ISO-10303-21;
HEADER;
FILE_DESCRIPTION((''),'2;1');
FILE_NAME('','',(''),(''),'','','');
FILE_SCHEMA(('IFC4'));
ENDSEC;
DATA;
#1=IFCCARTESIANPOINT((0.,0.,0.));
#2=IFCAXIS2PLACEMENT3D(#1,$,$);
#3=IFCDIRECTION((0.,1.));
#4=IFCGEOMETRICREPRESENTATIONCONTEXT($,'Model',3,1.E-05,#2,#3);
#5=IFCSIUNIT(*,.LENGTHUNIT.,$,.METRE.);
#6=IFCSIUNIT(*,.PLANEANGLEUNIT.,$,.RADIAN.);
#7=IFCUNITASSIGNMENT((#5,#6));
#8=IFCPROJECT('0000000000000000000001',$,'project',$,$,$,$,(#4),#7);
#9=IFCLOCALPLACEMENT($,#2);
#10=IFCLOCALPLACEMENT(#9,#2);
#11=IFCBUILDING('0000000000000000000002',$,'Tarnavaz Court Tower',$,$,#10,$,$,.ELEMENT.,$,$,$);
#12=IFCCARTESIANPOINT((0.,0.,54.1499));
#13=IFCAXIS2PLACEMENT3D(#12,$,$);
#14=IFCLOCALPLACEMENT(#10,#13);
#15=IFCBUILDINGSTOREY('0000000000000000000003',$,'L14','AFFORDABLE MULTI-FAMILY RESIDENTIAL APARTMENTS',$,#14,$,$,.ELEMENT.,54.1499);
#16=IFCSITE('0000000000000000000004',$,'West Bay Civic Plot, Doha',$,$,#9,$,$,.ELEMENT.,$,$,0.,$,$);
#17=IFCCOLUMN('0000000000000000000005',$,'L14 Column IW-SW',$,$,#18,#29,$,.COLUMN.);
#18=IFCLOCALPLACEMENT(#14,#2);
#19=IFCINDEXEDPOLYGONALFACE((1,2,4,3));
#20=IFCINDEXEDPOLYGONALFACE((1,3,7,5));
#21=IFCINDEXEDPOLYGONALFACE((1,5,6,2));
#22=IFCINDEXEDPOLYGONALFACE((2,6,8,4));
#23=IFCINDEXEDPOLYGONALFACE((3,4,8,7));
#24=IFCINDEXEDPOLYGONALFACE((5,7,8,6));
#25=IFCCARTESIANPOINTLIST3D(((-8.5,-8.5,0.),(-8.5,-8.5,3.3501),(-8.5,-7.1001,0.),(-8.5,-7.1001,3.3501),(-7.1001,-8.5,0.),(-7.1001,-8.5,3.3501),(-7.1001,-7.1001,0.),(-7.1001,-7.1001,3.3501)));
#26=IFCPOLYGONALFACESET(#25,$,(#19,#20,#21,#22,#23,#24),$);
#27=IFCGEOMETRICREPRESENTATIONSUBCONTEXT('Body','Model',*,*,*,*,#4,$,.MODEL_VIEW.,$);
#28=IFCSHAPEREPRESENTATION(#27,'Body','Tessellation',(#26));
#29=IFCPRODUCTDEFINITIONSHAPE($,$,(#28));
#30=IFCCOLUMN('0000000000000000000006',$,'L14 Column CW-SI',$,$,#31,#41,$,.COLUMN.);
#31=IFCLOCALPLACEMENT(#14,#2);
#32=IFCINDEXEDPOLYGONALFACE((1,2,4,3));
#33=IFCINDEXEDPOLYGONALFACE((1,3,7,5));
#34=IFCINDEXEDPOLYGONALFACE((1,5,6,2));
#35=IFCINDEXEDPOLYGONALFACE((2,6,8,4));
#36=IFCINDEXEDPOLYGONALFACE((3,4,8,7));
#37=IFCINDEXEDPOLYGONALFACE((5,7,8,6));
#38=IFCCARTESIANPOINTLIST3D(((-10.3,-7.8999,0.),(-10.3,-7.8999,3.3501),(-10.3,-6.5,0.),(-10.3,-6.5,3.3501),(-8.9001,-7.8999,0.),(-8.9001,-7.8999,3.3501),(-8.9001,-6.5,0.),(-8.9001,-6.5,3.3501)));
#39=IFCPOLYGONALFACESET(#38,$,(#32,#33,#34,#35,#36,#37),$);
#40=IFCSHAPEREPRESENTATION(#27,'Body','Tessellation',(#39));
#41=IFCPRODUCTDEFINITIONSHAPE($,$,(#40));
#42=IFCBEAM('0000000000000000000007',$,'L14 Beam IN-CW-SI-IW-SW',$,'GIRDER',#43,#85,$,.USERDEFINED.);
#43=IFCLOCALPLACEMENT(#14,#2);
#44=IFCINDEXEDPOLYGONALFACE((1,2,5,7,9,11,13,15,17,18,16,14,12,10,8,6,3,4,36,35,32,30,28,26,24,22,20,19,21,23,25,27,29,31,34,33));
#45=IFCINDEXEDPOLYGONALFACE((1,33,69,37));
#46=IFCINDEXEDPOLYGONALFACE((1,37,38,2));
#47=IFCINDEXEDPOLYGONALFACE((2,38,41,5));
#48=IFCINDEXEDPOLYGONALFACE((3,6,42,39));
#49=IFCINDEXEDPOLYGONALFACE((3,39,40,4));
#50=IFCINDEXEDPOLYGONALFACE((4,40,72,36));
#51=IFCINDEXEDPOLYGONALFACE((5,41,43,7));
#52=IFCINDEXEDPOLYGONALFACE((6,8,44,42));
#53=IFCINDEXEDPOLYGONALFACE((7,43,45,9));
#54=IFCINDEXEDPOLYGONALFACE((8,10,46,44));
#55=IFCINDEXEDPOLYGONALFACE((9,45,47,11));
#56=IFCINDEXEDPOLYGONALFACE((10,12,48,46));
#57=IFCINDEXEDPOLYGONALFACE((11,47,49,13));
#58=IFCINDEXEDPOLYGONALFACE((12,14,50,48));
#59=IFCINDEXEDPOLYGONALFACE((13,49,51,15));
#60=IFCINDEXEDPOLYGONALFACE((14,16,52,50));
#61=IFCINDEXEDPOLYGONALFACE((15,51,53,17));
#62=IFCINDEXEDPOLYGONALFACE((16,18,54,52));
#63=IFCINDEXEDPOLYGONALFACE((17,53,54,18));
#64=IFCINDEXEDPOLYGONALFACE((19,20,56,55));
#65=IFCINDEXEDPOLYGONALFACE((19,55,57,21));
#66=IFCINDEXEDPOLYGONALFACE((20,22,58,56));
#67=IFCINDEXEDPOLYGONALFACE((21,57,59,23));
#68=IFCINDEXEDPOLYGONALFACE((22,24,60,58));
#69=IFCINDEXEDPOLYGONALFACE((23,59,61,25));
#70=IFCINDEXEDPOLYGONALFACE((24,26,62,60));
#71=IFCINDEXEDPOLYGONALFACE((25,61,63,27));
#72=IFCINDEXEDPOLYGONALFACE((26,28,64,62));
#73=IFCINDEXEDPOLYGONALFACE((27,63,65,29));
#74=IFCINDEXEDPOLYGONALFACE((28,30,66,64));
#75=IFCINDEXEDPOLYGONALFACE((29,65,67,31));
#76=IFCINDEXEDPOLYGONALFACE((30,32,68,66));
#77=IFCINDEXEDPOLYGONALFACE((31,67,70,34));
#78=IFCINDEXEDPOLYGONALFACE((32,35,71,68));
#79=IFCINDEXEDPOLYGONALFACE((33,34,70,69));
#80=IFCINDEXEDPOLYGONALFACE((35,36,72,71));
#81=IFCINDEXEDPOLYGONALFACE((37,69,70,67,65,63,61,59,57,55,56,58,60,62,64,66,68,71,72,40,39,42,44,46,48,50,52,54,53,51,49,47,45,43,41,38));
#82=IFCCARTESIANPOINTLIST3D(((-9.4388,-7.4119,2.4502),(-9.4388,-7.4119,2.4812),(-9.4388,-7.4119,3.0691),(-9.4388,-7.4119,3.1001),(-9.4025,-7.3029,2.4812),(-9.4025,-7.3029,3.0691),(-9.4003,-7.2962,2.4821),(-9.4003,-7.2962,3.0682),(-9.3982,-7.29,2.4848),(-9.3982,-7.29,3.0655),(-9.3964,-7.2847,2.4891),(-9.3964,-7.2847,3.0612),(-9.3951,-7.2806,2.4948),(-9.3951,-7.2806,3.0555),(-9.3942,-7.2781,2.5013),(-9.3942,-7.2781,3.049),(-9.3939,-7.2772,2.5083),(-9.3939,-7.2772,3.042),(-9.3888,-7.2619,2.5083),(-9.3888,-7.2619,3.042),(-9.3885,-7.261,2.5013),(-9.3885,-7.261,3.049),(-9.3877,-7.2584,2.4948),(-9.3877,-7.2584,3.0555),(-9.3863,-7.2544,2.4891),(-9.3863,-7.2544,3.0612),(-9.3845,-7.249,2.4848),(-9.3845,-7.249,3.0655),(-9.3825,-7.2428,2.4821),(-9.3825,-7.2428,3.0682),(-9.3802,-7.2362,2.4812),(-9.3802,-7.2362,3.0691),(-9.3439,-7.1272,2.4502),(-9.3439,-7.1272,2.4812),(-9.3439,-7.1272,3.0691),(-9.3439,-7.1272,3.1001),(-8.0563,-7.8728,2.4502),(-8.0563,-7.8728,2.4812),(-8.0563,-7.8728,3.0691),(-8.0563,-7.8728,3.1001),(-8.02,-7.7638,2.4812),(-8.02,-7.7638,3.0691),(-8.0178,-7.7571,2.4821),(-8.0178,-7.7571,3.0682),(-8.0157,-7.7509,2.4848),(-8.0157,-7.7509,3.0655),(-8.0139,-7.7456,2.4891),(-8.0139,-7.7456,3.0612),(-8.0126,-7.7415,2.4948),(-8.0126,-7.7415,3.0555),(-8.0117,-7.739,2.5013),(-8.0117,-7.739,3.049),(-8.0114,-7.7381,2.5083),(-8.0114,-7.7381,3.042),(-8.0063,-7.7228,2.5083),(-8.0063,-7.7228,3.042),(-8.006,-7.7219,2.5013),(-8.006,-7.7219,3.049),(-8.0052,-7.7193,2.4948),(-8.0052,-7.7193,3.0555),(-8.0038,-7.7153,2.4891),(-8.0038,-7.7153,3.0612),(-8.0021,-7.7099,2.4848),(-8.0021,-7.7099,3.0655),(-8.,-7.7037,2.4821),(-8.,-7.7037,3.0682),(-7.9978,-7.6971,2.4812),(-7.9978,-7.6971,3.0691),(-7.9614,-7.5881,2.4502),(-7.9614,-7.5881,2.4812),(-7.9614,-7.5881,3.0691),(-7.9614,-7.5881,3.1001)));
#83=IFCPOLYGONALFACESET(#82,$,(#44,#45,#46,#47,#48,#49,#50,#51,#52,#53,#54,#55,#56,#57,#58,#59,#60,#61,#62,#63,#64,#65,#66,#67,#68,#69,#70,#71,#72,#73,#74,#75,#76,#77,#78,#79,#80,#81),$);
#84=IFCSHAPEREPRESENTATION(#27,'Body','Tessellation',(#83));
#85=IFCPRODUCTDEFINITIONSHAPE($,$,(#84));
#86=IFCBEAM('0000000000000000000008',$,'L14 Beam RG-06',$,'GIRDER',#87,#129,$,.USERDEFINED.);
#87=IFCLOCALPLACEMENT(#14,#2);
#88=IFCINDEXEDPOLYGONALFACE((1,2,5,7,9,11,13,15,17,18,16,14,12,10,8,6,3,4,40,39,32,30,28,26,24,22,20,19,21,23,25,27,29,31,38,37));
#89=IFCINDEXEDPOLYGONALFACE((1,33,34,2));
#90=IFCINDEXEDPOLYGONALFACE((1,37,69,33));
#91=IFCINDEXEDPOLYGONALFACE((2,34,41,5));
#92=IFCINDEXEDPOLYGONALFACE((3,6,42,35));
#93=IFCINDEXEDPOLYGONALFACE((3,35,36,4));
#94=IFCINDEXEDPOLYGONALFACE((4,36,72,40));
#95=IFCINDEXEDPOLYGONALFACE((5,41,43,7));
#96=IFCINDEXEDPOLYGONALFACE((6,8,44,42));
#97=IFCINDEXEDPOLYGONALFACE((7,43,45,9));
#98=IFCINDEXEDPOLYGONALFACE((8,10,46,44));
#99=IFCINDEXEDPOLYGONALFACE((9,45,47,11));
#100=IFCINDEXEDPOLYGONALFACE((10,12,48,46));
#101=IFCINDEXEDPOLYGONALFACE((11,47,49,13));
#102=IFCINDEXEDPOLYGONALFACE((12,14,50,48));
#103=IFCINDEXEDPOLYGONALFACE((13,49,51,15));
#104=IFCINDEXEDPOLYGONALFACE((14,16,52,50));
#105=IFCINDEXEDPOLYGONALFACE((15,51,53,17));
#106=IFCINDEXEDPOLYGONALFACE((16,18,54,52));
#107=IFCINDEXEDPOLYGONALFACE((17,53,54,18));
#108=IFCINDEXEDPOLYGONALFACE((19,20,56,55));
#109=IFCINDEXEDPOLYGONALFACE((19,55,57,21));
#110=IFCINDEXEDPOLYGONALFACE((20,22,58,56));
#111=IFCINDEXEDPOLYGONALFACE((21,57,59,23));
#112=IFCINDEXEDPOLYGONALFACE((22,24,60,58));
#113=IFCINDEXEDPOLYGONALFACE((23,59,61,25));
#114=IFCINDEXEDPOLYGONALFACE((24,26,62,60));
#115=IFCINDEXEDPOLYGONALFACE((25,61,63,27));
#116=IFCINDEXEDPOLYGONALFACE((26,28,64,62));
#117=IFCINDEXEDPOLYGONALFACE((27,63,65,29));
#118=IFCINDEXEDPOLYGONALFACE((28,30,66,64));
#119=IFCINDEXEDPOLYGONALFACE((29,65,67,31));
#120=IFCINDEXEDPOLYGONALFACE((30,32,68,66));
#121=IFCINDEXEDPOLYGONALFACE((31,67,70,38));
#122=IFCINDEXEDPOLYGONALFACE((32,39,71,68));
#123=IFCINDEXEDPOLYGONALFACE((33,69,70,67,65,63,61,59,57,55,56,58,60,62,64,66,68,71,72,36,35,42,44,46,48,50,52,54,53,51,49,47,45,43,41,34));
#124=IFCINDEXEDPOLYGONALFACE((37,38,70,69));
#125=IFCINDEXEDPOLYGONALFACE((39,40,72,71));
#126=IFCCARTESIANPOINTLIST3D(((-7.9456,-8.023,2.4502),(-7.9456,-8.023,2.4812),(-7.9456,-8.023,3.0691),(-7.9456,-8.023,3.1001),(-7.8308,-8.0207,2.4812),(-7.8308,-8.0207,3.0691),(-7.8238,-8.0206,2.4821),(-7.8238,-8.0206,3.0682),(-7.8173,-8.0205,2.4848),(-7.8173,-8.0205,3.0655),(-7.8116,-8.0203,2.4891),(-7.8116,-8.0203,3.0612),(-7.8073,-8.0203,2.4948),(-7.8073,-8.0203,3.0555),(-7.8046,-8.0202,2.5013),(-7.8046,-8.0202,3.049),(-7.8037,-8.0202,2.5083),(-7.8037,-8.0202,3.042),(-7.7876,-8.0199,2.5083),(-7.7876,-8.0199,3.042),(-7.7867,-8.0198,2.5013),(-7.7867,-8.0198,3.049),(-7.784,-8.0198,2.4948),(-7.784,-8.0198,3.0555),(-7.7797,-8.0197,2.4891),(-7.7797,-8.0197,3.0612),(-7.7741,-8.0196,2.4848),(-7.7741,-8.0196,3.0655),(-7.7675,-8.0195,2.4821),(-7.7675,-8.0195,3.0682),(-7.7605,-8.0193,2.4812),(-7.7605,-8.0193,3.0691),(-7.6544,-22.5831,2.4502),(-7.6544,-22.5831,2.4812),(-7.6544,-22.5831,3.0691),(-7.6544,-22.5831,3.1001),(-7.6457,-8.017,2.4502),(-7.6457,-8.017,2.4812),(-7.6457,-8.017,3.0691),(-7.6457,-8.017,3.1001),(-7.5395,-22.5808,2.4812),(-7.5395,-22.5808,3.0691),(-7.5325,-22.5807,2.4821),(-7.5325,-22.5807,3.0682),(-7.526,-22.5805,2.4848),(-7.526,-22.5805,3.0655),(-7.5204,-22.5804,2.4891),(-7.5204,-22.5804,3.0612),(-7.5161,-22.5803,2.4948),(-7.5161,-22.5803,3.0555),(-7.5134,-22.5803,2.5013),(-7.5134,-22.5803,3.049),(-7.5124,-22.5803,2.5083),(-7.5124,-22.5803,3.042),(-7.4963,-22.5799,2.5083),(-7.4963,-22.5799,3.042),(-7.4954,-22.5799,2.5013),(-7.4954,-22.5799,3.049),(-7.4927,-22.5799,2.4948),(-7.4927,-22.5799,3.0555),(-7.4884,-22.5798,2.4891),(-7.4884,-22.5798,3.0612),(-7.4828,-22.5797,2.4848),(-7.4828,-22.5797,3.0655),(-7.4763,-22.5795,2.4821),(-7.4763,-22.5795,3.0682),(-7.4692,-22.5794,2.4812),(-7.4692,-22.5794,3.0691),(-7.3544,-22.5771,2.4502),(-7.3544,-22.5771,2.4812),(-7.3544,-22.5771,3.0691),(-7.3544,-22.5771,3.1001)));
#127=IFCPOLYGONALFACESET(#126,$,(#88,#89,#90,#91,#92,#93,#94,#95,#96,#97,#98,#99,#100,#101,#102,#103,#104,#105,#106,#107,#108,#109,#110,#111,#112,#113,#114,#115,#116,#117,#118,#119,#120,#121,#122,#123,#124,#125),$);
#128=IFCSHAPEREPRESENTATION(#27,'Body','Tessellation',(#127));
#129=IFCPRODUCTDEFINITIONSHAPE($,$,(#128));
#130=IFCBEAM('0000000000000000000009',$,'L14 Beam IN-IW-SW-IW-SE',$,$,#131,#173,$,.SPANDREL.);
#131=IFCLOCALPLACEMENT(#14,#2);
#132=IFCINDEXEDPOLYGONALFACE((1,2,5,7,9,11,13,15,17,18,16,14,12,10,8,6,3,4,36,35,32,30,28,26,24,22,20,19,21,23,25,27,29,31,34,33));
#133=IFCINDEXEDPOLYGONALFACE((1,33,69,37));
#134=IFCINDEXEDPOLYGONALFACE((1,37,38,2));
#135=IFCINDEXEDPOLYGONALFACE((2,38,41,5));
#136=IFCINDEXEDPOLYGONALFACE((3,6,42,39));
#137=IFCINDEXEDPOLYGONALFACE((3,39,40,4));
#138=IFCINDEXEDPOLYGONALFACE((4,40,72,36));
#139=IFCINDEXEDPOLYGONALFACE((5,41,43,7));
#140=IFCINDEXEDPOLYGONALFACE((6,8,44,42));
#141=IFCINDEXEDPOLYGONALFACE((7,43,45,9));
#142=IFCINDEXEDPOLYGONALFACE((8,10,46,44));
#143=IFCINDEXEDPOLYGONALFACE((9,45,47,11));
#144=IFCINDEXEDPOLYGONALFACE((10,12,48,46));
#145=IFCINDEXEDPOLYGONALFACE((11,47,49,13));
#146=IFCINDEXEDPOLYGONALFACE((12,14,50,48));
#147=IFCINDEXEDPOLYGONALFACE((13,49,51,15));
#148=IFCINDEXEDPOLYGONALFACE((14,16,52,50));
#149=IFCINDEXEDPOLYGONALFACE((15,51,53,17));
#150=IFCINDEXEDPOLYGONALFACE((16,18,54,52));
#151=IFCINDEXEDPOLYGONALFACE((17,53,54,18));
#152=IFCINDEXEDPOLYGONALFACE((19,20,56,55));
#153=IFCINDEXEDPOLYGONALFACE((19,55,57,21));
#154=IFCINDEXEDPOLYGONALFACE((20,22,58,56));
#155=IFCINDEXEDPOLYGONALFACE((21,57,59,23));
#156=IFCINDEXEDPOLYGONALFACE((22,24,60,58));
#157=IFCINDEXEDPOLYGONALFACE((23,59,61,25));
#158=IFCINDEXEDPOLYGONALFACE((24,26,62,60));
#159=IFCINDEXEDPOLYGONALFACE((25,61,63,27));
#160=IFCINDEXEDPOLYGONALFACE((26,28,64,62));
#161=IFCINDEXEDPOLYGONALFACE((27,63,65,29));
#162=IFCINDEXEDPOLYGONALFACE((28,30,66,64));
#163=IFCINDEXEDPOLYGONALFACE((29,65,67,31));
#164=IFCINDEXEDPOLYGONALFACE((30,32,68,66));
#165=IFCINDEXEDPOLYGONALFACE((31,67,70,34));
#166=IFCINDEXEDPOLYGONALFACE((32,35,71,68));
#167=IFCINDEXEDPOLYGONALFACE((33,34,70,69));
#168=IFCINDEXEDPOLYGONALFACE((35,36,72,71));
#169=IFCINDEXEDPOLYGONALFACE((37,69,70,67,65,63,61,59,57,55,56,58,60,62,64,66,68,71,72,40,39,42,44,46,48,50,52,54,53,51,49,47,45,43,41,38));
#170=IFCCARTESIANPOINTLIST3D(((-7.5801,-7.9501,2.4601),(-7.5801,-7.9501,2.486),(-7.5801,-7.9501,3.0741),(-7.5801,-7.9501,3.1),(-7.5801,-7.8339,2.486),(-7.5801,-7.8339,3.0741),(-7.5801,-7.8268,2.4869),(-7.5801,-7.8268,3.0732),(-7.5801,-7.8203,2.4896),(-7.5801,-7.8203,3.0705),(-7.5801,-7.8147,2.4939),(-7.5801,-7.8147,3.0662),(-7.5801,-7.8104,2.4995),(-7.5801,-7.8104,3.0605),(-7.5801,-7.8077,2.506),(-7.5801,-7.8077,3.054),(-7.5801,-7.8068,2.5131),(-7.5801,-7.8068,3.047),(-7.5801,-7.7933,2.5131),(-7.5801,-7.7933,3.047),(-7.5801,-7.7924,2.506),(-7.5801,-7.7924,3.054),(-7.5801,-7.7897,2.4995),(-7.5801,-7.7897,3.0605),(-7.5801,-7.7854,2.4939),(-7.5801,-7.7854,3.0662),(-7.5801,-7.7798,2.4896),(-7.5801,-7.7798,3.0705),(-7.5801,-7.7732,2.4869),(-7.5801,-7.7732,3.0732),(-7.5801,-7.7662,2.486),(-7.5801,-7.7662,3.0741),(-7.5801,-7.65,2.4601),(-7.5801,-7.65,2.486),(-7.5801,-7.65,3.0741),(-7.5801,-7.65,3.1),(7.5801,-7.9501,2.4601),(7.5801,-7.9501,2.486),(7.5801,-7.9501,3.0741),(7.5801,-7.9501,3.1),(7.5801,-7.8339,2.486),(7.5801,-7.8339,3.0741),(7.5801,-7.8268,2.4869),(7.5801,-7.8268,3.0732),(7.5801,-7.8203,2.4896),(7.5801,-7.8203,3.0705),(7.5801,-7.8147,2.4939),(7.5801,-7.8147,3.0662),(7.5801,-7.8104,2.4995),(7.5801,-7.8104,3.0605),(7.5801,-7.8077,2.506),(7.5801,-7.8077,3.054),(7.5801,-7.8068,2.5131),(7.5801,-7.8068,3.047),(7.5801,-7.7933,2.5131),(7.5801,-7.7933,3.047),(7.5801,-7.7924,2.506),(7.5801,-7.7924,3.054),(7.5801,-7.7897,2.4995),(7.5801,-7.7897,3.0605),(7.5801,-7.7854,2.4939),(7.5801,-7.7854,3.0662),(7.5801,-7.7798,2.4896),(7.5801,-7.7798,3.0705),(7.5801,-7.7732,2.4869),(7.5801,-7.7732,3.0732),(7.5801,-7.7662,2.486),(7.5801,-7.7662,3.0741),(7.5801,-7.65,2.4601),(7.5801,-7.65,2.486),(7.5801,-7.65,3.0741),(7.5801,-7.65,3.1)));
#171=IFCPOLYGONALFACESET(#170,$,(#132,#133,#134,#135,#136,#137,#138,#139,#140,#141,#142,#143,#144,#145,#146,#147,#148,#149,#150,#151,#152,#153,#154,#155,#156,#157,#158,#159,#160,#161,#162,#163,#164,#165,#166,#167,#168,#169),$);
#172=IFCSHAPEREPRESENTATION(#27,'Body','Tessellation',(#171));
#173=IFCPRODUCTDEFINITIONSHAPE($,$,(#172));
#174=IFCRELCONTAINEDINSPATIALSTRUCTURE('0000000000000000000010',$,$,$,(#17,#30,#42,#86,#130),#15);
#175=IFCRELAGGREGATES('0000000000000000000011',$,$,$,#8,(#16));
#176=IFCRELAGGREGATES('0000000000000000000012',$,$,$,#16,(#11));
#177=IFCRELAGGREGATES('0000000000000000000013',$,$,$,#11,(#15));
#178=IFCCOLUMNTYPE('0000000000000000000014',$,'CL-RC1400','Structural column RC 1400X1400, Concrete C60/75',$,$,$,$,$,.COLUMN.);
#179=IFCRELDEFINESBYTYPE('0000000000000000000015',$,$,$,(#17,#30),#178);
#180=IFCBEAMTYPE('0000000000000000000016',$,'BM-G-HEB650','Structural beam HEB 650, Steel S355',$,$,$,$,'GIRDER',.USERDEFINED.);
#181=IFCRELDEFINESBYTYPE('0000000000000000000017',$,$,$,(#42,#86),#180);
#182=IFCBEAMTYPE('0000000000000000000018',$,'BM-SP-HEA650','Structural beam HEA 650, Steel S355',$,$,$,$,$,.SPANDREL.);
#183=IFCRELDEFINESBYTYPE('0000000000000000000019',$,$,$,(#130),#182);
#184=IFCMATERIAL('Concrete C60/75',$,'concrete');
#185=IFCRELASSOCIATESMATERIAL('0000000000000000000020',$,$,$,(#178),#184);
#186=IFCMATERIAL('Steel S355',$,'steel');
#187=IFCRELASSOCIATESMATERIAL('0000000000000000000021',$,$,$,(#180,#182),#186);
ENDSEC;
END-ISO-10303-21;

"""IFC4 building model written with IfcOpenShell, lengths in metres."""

from ifc_helpers import new_model, si_unit, direction, frame, origin, origin_2d, place, context, subcontext, project, spatial, rectangle, i_section, extrude, material, material_profile, profile_set, type_object, element, save


model = new_model("IFC4")

# Units and contexts
model_context = context("Model", 3, precision=1e-05, world=origin(), true_north=direction((0.0, 1.0)))
body_context = subcontext(model_context, "Body", "Model", "MODEL_VIEW")
ifc_project = project(units=[si_unit("LENGTHUNIT", "METRE"), si_unit("PLANEANGLEUNIT", "RADIAN")], contexts=[model_context])

# Site, building, storey
site_placement = place(None, origin())
site = spatial("IfcSite", under=ifc_project, at=site_placement, Name="West Bay Civic Plot, Doha", CompositionType="ELEMENT", RefElevation=0.0)
building_placement = place(site_placement, origin())
building = spatial("IfcBuilding", under=site, at=building_placement, Name="Tarnavaz Court Tower", CompositionType="ELEMENT")
storey_placement = place(building_placement, frame((0.0, 0.0, 54.1499)))
storey = spatial("IfcBuildingStorey", under=building, at=storey_placement, Name="L14", Description="AFFORDABLE MULTI-FAMILY RESIDENTIAL APARTMENTS", CompositionType="ELEMENT", Elevation=54.1499)

# Columns
ifc_material_1 = material(Name="Concrete C60/75", Category="concrete")
ifc_material_profile_1 = material_profile(ifc_material_1, rectangle(XDim=1.3999, YDim=1.3999, at=origin_2d()), Name="RC 1400X1400")
ifc_profile_set_1 = profile_set([ifc_material_profile_1], Name="Concrete C60/75")
column_type = type_object("IfcColumnType", Name="CL-RC1400", Description="Structural column RC 1400X1400, Concrete C60/75", PredefinedType="COLUMN", material=ifc_profile_set_1)
for number, where, z_axis, x_axis, name in (
    (1, (-7.8, -7.8, 0.0), (0.0, 0.0, 1.0), (1.0, 0.0, 0.0), "L14 Column IW-SW"),
    (2, (-9.6001, -7.2, 0.0), (0.0, 0.0, 1.0), (1.0, 0.0, 0.0), "L14 Column CW-SI"),
):
    element("IfcColumn", number, at=place(storey_placement, frame(where, z_axis=z_axis, x_axis=x_axis)), inside=storey, type_object=column_type, Name=name, PredefinedType="COLUMN", context=body_context, shape_type="SweptSolid", body=[
        extrude(rectangle(XDim=1.3999, YDim=1.3999, at=origin_2d()), origin(), (0.0, 0.0, 1.0), 3.3501),
    ])

# Beams
ifc_material_2 = material(Name="Steel S355", Category="steel")
ifc_material_profile_2 = material_profile(ifc_material_2, i_section(OverallWidth=0.3, OverallDepth=0.6499, WebThickness=0.0161, FlangeThickness=0.031, FilletRadius=0.0271, at=origin_2d()), Name="HEB 650")
ifc_profile_set_2 = profile_set([ifc_material_profile_2], Name="Steel S355")
beam_type_1 = type_object("IfcBeamType", Name="BM-G-HEB650", Description="Structural beam HEB 650, Steel S355", ElementType="GIRDER", PredefinedType="USERDEFINED", material=ifc_profile_set_2)
beam_1_placement = place(storey_placement, frame((-9.3914, -7.2695, 2.7751), z_axis=(0.948667, -0.316278, 0.0), x_axis=(0.316278, 0.948667, 0.0)))
element("IfcBeam", 3, at=beam_1_placement, inside=storey, type_object=beam_type_1, Name="L14 Beam IN-CW-SI-IW-SW", ObjectType="GIRDER", PredefinedType="USERDEFINED", context=body_context, shape_type="SweptSolid", body=[
    extrude(i_section(OverallWidth=0.3, OverallDepth=0.6499, WebThickness=0.0161, FlangeThickness=0.031, FilletRadius=0.0271, at=origin_2d()), origin(), (0.0, 0.0, 1.0), 1.4573),
])
beam_2_placement = place(storey_placement, frame((-7.7957, -8.02, 2.7751), z_axis=(0.02, -0.9998, 0.0), x_axis=(0.9998, 0.02, 0.0)))
element("IfcBeam", 4, at=beam_2_placement, inside=storey, type_object=beam_type_1, Name="L14 Beam RG-06", ObjectType="GIRDER", PredefinedType="USERDEFINED", context=body_context, shape_type="SweptSolid", body=[
    extrude(i_section(OverallWidth=0.3, OverallDepth=0.6499, WebThickness=0.0161, FlangeThickness=0.031, FilletRadius=0.0271, at=origin_2d()), origin(), (0.0, 0.0, 1.0), 14.563),
])
ifc_material_profile_3 = material_profile(ifc_material_2, i_section(OverallWidth=0.3, OverallDepth=0.6399, WebThickness=0.0134, FlangeThickness=0.0259, FilletRadius=0.0271, at=origin_2d()), Name="HEA 650")
ifc_profile_set_3 = profile_set([ifc_material_profile_3], Name="Steel S355")
beam_type_2 = type_object("IfcBeamType", Name="BM-SP-HEA650", Description="Structural beam HEA 650, Steel S355", PredefinedType="SPANDREL", material=ifc_profile_set_3)
for number, where, z_axis, x_axis, name in (
    (5, (-7.5801, -7.8, 2.78), (1.0, 0.0, 0.0), (0.0, 1.0, 0.0), "L14 Beam IN-IW-SW-IW-SE"),
):
    element("IfcBeam", number, at=place(storey_placement, frame(where, z_axis=z_axis, x_axis=x_axis)), inside=storey, type_object=beam_type_2, Name=name, PredefinedType="SPANDREL", context=body_context, shape_type="SweptSolid", body=[
        extrude(i_section(OverallWidth=0.3, OverallDepth=0.6399, WebThickness=0.0134, FlangeThickness=0.0259, FilletRadius=0.0271, at=origin_2d()), origin(), (0.0, 0.0, 1.0), 15.1602),
    ])

save(model, "model.ifc")
